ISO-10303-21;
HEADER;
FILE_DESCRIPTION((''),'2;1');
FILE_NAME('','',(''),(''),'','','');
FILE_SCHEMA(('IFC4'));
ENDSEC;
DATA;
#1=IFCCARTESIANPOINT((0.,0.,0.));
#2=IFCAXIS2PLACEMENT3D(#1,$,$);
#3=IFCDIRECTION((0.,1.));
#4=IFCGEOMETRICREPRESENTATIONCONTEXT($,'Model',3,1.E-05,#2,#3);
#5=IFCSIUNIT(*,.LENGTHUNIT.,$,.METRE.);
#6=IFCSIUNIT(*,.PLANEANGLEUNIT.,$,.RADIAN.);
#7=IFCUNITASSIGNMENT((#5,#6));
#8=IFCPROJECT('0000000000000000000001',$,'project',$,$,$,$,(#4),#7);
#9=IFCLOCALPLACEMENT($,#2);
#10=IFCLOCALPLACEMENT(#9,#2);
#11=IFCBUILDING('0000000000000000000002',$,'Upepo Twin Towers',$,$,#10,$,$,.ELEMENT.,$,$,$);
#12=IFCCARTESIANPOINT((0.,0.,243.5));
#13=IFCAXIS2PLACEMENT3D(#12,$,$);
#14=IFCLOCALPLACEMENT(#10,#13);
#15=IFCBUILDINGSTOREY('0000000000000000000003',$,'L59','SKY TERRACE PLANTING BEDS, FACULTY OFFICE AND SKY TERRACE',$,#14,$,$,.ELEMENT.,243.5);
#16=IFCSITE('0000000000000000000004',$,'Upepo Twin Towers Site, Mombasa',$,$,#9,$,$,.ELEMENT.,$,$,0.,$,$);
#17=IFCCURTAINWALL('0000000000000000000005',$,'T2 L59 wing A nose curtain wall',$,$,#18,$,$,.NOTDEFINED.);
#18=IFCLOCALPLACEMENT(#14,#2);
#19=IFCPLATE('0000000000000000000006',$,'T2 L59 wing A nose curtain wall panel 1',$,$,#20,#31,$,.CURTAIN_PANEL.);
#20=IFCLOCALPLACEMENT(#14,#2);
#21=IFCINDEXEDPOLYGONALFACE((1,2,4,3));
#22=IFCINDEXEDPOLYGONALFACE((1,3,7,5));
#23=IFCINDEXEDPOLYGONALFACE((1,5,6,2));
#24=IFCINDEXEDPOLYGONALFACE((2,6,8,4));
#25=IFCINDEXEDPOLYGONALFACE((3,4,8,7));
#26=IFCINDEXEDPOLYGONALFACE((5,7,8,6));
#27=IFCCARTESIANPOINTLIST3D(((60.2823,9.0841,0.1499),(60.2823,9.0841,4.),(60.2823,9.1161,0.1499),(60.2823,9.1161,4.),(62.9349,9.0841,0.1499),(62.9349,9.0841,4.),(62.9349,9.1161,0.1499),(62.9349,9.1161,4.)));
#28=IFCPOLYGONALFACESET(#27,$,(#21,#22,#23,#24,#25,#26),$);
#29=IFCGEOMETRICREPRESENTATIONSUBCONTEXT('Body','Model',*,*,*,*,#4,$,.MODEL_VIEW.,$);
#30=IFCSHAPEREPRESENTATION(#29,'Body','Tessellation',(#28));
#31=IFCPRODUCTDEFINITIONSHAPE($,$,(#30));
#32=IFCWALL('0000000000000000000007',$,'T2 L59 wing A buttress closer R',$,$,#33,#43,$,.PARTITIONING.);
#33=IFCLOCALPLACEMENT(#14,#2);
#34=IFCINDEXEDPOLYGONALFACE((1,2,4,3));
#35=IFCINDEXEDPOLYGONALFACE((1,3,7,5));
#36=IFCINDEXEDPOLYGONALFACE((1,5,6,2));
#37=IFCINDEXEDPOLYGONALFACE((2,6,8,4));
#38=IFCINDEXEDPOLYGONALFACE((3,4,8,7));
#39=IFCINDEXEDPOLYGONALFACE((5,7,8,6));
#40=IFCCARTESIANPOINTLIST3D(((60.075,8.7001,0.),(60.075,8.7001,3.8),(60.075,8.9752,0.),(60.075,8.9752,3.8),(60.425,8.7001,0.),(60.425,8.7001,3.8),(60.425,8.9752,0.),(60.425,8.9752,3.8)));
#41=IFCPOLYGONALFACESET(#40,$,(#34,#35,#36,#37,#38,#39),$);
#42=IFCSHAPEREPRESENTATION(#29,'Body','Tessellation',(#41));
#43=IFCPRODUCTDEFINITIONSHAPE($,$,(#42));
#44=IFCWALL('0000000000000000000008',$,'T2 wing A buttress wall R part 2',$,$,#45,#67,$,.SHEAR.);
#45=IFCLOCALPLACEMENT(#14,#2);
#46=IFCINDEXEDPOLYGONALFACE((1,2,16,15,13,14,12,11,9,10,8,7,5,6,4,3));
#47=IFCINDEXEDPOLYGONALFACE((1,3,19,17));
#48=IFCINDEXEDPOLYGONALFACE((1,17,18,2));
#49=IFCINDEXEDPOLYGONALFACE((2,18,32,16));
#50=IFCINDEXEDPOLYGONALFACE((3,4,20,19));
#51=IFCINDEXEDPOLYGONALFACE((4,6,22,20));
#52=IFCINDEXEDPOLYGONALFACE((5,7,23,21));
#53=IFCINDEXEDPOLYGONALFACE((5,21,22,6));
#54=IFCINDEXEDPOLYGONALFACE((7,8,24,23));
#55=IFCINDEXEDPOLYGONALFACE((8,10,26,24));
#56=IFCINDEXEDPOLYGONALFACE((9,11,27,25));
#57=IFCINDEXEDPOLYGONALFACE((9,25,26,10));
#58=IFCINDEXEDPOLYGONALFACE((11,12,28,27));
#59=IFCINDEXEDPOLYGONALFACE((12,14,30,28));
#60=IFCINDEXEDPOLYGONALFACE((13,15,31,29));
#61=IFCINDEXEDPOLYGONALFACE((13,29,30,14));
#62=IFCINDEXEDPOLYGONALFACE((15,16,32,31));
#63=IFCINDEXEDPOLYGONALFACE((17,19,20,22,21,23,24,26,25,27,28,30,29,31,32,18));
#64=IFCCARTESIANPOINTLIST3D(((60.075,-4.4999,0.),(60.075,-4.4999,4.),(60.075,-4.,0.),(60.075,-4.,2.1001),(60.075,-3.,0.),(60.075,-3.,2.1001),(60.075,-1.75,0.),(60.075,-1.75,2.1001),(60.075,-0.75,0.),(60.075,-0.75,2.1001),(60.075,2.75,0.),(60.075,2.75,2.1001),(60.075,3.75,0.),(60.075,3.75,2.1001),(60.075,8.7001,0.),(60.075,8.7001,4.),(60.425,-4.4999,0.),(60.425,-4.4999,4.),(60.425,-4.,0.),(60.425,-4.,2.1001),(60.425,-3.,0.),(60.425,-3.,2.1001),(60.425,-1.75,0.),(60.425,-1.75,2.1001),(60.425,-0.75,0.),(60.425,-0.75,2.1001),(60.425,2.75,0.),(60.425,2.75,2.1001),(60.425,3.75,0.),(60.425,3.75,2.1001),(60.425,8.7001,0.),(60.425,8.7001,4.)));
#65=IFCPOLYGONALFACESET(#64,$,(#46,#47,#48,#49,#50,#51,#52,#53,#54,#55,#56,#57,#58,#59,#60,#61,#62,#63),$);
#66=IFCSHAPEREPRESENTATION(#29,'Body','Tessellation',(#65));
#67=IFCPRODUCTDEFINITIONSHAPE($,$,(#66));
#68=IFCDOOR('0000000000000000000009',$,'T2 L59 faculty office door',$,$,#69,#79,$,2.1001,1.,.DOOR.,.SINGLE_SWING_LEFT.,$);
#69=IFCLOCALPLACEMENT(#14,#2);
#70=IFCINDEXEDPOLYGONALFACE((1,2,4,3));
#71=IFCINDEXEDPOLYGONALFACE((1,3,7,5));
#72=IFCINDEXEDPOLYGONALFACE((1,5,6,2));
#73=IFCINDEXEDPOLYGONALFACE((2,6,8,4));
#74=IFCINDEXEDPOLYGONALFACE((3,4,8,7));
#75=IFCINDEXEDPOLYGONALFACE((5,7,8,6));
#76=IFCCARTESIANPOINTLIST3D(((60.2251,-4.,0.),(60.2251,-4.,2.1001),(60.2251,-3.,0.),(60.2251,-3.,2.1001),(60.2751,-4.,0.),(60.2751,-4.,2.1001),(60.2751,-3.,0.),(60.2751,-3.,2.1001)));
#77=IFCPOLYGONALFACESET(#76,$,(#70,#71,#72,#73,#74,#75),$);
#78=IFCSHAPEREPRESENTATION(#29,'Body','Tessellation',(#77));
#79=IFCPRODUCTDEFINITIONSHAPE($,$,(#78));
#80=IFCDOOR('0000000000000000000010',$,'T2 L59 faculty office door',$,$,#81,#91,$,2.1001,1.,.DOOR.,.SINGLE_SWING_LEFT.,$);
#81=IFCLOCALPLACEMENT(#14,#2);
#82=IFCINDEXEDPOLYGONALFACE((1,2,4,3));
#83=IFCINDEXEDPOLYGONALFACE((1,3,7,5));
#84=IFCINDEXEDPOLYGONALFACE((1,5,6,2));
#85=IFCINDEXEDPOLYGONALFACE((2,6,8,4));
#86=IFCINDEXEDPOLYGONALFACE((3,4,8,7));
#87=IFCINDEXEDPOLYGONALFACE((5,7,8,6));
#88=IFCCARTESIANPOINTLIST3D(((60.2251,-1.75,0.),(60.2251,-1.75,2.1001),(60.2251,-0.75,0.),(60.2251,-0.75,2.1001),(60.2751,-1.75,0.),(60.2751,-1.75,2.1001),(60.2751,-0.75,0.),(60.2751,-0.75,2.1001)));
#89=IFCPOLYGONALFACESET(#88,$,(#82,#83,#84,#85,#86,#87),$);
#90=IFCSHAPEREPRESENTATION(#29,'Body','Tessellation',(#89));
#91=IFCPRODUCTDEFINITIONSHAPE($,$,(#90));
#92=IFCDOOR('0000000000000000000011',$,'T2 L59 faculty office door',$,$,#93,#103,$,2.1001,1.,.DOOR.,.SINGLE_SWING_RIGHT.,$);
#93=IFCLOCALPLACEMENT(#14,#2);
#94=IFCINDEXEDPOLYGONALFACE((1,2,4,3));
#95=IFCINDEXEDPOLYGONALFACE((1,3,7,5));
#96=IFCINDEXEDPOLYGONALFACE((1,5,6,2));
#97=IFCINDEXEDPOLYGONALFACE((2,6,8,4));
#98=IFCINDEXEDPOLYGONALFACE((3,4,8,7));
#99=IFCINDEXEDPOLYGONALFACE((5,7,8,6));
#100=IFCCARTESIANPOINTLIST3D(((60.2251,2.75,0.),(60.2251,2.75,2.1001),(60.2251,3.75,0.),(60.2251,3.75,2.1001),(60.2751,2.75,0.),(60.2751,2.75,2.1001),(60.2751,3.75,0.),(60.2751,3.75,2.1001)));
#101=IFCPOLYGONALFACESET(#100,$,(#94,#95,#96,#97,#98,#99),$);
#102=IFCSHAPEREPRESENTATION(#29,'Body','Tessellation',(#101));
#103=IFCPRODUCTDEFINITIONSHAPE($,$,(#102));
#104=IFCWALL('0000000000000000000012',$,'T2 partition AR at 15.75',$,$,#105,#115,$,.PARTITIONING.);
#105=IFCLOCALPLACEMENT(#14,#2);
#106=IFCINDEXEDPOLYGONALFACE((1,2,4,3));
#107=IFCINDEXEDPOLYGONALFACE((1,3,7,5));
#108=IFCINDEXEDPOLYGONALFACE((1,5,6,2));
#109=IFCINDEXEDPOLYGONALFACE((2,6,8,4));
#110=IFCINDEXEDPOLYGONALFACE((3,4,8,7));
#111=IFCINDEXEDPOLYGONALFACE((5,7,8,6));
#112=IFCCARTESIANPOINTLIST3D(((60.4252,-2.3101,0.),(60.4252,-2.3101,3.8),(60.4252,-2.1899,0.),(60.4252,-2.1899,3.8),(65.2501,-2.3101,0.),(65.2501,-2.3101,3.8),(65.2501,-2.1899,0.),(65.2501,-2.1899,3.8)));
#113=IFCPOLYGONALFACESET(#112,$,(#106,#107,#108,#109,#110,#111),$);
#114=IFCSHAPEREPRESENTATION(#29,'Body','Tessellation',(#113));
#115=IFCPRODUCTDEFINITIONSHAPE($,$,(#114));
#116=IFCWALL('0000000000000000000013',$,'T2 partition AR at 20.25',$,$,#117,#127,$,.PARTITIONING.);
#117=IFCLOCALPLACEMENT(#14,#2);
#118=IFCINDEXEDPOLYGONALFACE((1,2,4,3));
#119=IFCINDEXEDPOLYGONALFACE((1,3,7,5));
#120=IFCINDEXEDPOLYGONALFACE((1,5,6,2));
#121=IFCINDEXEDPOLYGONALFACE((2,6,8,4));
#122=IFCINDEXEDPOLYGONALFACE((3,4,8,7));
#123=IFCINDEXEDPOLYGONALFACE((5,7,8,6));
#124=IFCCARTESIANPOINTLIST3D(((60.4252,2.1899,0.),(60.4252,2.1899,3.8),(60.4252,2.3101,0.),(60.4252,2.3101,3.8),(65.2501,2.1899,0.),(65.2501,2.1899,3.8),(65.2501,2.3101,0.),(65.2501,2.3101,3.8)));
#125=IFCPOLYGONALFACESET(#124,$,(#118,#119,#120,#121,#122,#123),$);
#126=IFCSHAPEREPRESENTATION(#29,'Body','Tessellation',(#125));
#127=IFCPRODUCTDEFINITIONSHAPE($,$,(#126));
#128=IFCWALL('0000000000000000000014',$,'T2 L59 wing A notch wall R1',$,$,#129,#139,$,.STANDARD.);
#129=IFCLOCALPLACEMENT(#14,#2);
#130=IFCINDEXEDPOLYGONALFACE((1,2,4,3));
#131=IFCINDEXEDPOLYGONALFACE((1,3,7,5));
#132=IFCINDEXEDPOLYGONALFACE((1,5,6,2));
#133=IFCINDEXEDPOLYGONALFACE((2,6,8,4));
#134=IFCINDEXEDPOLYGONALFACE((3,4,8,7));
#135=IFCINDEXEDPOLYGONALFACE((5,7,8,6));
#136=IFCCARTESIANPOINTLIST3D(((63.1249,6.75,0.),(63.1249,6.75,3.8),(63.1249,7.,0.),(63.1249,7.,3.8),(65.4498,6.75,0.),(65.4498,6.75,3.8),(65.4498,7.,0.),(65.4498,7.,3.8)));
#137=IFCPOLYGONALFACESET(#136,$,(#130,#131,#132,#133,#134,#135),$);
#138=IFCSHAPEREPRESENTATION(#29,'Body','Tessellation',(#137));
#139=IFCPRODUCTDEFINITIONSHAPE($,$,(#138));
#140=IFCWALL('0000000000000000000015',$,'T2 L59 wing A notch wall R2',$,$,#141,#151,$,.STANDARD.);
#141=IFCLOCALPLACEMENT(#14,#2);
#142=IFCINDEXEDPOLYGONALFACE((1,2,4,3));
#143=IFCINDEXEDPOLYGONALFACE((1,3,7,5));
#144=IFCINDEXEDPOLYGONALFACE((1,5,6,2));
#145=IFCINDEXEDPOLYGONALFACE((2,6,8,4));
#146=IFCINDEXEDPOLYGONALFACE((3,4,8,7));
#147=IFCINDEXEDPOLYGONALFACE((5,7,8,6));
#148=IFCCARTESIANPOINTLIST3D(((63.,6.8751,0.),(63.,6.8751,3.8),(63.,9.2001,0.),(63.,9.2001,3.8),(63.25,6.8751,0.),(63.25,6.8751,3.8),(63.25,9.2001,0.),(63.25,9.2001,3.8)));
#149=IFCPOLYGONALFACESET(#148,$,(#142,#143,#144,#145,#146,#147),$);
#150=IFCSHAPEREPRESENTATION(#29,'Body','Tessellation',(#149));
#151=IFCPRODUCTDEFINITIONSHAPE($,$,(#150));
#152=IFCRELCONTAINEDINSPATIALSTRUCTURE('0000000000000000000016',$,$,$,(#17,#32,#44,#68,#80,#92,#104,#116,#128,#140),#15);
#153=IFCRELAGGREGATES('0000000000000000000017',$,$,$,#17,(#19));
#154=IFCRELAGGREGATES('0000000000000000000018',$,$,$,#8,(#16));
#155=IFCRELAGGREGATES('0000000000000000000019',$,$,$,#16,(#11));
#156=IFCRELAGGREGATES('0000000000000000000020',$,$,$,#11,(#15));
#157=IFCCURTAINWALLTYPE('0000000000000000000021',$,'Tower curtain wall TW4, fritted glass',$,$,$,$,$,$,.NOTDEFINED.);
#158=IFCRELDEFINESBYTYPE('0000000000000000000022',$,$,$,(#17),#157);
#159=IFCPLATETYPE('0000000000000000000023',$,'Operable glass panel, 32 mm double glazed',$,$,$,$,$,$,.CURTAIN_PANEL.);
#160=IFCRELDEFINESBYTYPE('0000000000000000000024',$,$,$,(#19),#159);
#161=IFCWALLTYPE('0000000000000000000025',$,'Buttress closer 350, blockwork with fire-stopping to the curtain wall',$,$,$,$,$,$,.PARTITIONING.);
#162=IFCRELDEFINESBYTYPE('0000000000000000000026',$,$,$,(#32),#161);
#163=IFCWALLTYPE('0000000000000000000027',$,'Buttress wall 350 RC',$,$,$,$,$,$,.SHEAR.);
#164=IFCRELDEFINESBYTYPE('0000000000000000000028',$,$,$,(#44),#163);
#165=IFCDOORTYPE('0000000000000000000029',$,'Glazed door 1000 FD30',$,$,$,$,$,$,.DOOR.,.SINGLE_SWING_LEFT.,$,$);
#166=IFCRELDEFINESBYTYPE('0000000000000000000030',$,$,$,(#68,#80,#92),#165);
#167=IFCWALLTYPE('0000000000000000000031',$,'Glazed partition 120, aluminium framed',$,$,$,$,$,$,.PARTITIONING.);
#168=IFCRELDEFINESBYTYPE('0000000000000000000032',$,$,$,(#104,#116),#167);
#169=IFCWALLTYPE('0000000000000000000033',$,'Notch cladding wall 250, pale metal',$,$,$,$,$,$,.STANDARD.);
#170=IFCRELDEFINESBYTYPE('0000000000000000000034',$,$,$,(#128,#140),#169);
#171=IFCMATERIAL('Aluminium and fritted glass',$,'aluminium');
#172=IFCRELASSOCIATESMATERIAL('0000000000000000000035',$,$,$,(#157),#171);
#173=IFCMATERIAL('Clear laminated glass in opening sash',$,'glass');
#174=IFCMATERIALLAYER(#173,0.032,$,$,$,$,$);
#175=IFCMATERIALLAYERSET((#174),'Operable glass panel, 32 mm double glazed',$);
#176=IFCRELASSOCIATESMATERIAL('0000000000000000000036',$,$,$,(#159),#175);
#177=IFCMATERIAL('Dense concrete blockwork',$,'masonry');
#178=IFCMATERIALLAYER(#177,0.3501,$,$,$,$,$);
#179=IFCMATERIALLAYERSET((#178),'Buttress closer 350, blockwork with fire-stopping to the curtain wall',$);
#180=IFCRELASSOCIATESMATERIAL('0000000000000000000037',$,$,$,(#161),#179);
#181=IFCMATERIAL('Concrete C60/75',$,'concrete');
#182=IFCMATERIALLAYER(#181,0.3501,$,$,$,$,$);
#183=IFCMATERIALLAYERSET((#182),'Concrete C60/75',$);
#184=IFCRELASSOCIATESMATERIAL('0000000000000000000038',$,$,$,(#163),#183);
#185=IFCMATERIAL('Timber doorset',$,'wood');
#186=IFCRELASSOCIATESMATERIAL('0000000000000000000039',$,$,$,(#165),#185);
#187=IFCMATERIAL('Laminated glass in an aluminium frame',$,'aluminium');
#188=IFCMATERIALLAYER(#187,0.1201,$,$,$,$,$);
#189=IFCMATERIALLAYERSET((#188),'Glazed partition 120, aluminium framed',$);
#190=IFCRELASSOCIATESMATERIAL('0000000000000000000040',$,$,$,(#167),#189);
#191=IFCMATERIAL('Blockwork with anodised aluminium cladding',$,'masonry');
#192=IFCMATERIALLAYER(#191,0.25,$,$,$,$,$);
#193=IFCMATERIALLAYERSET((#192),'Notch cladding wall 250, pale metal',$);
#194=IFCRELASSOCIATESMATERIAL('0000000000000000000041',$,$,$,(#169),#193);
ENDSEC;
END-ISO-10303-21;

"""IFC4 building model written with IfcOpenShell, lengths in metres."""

from ifc_helpers import new_model, si_unit, direction, frame, frame_2d, origin, origin_2d, place, context, subcontext, project, spatial, rectangle, extrude, material, layer, layer_set, type_object, element, fill, aggregate, save


model = new_model("IFC4")

# Units and contexts
model_context = context("Model", 3, precision=1e-05, world=origin(), true_north=direction((0.0, 1.0)))
body_context = subcontext(model_context, "Body", "Model", "MODEL_VIEW")
ifc_project = project(units=[si_unit("LENGTHUNIT", "METRE"), si_unit("PLANEANGLEUNIT", "RADIAN")], contexts=[model_context])

# Site, building, storey
site_placement = place(None, origin())
site = spatial("IfcSite", under=ifc_project, at=site_placement, Name="Upepo Twin Towers Site, Mombasa", CompositionType="ELEMENT", RefElevation=0.0)
building_placement = place(site_placement, origin())
building = spatial("IfcBuilding", under=site, at=building_placement, Name="Upepo Twin Towers", CompositionType="ELEMENT")
storey_placement = place(building_placement, frame((0.0, 0.0, 243.5)))
storey = spatial("IfcBuildingStorey", under=building, at=storey_placement, Name="L59", Description="SKY TERRACE PLANTING BEDS, FACULTY OFFICE AND SKY TERRACE", CompositionType="ELEMENT", Elevation=243.5)

# Curtain wall
ifc_material_1 = material(Name="Aluminium and fritted glass", Category="aluminium")
curtain_wall_type = type_object("IfcCurtainWallType", Name="Tower curtain wall TW4, fritted glass", PredefinedType="NOTDEFINED", material=ifc_material_1)
curtain_wall_1_placement = place(storey_placement, origin())
curtain_wall_1 = element("IfcCurtainWall", 1, at=curtain_wall_1_placement, inside=storey, type_object=curtain_wall_type, Name="T2 L59 wing A nose curtain wall", PredefinedType="NOTDEFINED")

# Plate
ifc_material_2 = material(Name="Clear laminated glass in opening sash", Category="glass")
ifc_layer_1 = layer(ifc_material_2, 0.032)
ifc_layer_set_1 = layer_set([ifc_layer_1], Name="Operable glass panel, 32 mm double glazed")
plate_type_1 = type_object("IfcPlateType", Name="Operable glass panel, 32 mm double glazed", PredefinedType="CURTAIN_PANEL", material=ifc_layer_set_1)
plate_1_placement = place(storey_placement, frame((61.6086, 9.1001, 0.1499), z_axis=(0.0, 0.0, 1.0), x_axis=(-1.0, 0.0, 0.0)))
plate_1 = element("IfcPlate", 2, at=plate_1_placement, type_object=plate_type_1, Name="T2 L59 wing A nose curtain wall panel 1", PredefinedType="CURTAIN_PANEL", context=body_context, shape_type="SweptSolid", body=[
    extrude(rectangle(XDim=2.6526, YDim=0.032, at=origin_2d()), origin(), (0.0, 0.0, 1.0), 3.8501),
])
aggregate(curtain_wall_1, [plate_1])

# Wall
ifc_material_3 = material(Name="Dense concrete blockwork", Category="masonry")
ifc_layer_2 = layer(ifc_material_3, 0.3501)
ifc_layer_set_2 = layer_set([ifc_layer_2], Name="Buttress closer 350, blockwork with fire-stopping to the curtain wall")
wall_type_1 = type_object("IfcWallType", Name="Buttress closer 350, blockwork with fire-stopping to the curtain wall", PredefinedType="PARTITIONING", material=ifc_layer_set_2)
wall_1_placement = place(storey_placement, frame((60.25, 8.7, 0.0), z_axis=(0.0, 0.0, 1.0), x_axis=(0.0, 1.0, 0.0)))
element("IfcWall", 3, at=wall_1_placement, inside=storey, type_object=wall_type_1, Name="T2 L59 wing A buttress closer R", PredefinedType="PARTITIONING", context=body_context, shape_type="SweptSolid", body=[
    extrude(rectangle(XDim=0.2751, YDim=0.3501, at=frame_2d((0.1377, 0.0))), origin(), (0.0, 0.0, 1.0), 3.8),
])

# Wall, openings, doors
ifc_material_4 = material(Name="Concrete C60/75", Category="concrete")
ifc_layer_3 = layer(ifc_material_4, 0.3501)
ifc_layer_set_3 = layer_set([ifc_layer_3], Name="Concrete C60/75")
wall_type_2 = type_object("IfcWallType", Name="Buttress wall 350 RC", PredefinedType="SHEAR", material=ifc_layer_set_3)
wall_2_placement = place(storey_placement, frame((60.25, -4.5, 0.0), z_axis=(0.0, 0.0, 1.0), x_axis=(0.0, 1.0, 0.0)))
wall_2 = element("IfcWall", 4, at=wall_2_placement, inside=storey, type_object=wall_type_2, Name="T2 wing A buttress wall R part 2", PredefinedType="SHEAR", context=body_context, shape_type="SweptSolid", body=[
    extrude(rectangle(XDim=13.2, YDim=0.3501, at=frame_2d((6.6001, 0.0))), origin(), (0.0, 0.0, 1.0), 4.0),
])
opening_1_placement = place(wall_2_placement, frame((0.5, 0.0, 0.0)))
opening_1 = element("IfcOpeningElement", 5, at=opening_1_placement, cuts=wall_2, PredefinedType="OPENING", context=body_context, shape_type="SweptSolid", body=[
    extrude(rectangle(XDim=1.0, YDim=2.1001, at=frame_2d((0.5, 1.05))), frame((0.0, 0.1851, 0.0), z_axis=(0.0, -1.0, 0.0), x_axis=(1.0, 0.0, 0.0)), (0.0, 0.0, 1.0), 0.3701),
])
opening_2_placement = place(wall_2_placement, frame((2.75, 0.0, 0.0)))
opening_2 = element("IfcOpeningElement", 6, at=opening_2_placement, cuts=wall_2, PredefinedType="OPENING", context=body_context, shape_type="SweptSolid", body=[
    extrude(rectangle(XDim=1.0, YDim=2.1001, at=frame_2d((0.5, 1.05))), frame((0.0, 0.1851, 0.0), z_axis=(0.0, -1.0, 0.0), x_axis=(1.0, 0.0, 0.0)), (0.0, 0.0, 1.0), 0.3701),
])
opening_3_placement = place(wall_2_placement, frame((7.25, 0.0, 0.0)))
opening_3 = element("IfcOpeningElement", 7, at=opening_3_placement, cuts=wall_2, PredefinedType="OPENING", context=body_context, shape_type="SweptSolid", body=[
    extrude(rectangle(XDim=1.0, YDim=2.1001, at=frame_2d((0.5, 1.05))), frame((0.0, 0.1851, 0.0), z_axis=(0.0, -1.0, 0.0), x_axis=(1.0, 0.0, 0.0)), (0.0, 0.0, 1.0), 0.3701),
])
ifc_material_5 = material(Name="Timber doorset", Category="wood")
door_type = type_object("IfcDoorType", Name="Glazed door 1000 FD30", OperationType="SINGLE_SWING_LEFT", PredefinedType="DOOR", material=ifc_material_5)
door_1_placement = place(opening_1_placement, origin())
door_1 = element("IfcDoor", 8, at=door_1_placement, inside=storey, type_object=door_type, Name="T2 L59 faculty office door", OperationType="SINGLE_SWING_LEFT", OverallHeight=2.1001, OverallWidth=1.0, PredefinedType="DOOR", context=body_context, shape_type="SweptSolid", body=[
    extrude(rectangle(XDim=1.0, YDim=2.1001, at=frame_2d((0.5, 1.05))), frame((0.0, 0.0249, 0.0), z_axis=(0.0, -1.0, 0.0), x_axis=(1.0, 0.0, 0.0)), (0.0, 0.0, 1.0), 0.05),
])
fill(opening_1, door_1)
door_2_placement = place(opening_2_placement, origin())
door_2 = element("IfcDoor", 9, at=door_2_placement, inside=storey, type_object=door_type, Name="T2 L59 faculty office door", OperationType="SINGLE_SWING_LEFT", OverallHeight=2.1001, OverallWidth=1.0, PredefinedType="DOOR", context=body_context, shape_type="SweptSolid", body=[
    extrude(rectangle(XDim=1.0, YDim=2.1001, at=frame_2d((0.5, 1.05))), frame((0.0, 0.0249, 0.0), z_axis=(0.0, -1.0, 0.0), x_axis=(1.0, 0.0, 0.0)), (0.0, 0.0, 1.0), 0.05),
])
fill(opening_2, door_2)
door_3_placement = place(opening_3_placement, origin())
door_3 = element("IfcDoor", 10, at=door_3_placement, inside=storey, type_object=door_type, Name="T2 L59 faculty office door", OperationType="SINGLE_SWING_RIGHT", OverallHeight=2.1001, OverallWidth=1.0, PredefinedType="DOOR", context=body_context, shape_type="SweptSolid", body=[
    extrude(rectangle(XDim=1.0, YDim=2.1001, at=frame_2d((0.5, 1.05))), frame((0.0, 0.0249, 0.0), z_axis=(0.0, -1.0, 0.0), x_axis=(1.0, 0.0, 0.0)), (0.0, 0.0, 1.0), 0.05),
])
fill(opening_3, door_3)

# Walls
ifc_material_6 = material(Name="Laminated glass in an aluminium frame", Category="aluminium")
ifc_layer_4 = layer(ifc_material_6, 0.1201)
ifc_layer_set_4 = layer_set([ifc_layer_4], Name="Glazed partition 120, aluminium framed")
wall_type_3 = type_object("IfcWallType", Name="Glazed partition 120, aluminium framed", PredefinedType="PARTITIONING", material=ifc_layer_set_4)
for number, where, z_axis, x_axis, name in (
    (11, (60.425, -2.25, 0.0), (0.0, 0.0, 1.0), (1.0, 0.0, 0.0), "T2 partition AR at 15.75"),
    (12, (60.425, 2.25, 0.0), (0.0, 0.0, 1.0), (1.0, 0.0, 0.0), "T2 partition AR at 20.25"),
):
    element("IfcWall", number, at=place(storey_placement, frame(where, z_axis=z_axis, x_axis=x_axis)), inside=storey, type_object=wall_type_3, Name=name, PredefinedType="PARTITIONING", context=body_context, shape_type="SweptSolid", body=[
        extrude(rectangle(XDim=4.825, YDim=0.1201, at=frame_2d((2.4126, 0.0))), origin(), (0.0, 0.0, 1.0), 3.8),
    ])
ifc_material_7 = material(Name="Blockwork with anodised aluminium cladding", Category="masonry")
ifc_layer_5 = layer(ifc_material_7, 0.25)
ifc_layer_set_5 = layer_set([ifc_layer_5], Name="Notch cladding wall 250, pale metal")
wall_type_4 = type_object("IfcWallType", Name="Notch cladding wall 250, pale metal", PredefinedType="STANDARD", material=ifc_layer_set_5)
for number, where, z_axis, x_axis, name in (
    (13, (65.45, 6.875, 0.0), (0.0, 0.0, 1.0), (-1.0, 0.0, 0.0), "T2 L59 wing A notch wall R1"),
    (14, (63.125, 6.875, 0.0), (0.0, 0.0, 1.0), (0.0, 1.0, 0.0), "T2 L59 wing A notch wall R2"),
):
    element("IfcWall", number, at=place(storey_placement, frame(where, z_axis=z_axis, x_axis=x_axis)), inside=storey, type_object=wall_type_4, Name=name, PredefinedType="STANDARD", context=body_context, shape_type="SweptSolid", body=[
        extrude(rectangle(XDim=2.325, YDim=0.25, at=frame_2d((1.1626, 0.0))), origin(), (0.0, 0.0, 1.0), 3.8),
    ])

save(model, "model.ifc")
